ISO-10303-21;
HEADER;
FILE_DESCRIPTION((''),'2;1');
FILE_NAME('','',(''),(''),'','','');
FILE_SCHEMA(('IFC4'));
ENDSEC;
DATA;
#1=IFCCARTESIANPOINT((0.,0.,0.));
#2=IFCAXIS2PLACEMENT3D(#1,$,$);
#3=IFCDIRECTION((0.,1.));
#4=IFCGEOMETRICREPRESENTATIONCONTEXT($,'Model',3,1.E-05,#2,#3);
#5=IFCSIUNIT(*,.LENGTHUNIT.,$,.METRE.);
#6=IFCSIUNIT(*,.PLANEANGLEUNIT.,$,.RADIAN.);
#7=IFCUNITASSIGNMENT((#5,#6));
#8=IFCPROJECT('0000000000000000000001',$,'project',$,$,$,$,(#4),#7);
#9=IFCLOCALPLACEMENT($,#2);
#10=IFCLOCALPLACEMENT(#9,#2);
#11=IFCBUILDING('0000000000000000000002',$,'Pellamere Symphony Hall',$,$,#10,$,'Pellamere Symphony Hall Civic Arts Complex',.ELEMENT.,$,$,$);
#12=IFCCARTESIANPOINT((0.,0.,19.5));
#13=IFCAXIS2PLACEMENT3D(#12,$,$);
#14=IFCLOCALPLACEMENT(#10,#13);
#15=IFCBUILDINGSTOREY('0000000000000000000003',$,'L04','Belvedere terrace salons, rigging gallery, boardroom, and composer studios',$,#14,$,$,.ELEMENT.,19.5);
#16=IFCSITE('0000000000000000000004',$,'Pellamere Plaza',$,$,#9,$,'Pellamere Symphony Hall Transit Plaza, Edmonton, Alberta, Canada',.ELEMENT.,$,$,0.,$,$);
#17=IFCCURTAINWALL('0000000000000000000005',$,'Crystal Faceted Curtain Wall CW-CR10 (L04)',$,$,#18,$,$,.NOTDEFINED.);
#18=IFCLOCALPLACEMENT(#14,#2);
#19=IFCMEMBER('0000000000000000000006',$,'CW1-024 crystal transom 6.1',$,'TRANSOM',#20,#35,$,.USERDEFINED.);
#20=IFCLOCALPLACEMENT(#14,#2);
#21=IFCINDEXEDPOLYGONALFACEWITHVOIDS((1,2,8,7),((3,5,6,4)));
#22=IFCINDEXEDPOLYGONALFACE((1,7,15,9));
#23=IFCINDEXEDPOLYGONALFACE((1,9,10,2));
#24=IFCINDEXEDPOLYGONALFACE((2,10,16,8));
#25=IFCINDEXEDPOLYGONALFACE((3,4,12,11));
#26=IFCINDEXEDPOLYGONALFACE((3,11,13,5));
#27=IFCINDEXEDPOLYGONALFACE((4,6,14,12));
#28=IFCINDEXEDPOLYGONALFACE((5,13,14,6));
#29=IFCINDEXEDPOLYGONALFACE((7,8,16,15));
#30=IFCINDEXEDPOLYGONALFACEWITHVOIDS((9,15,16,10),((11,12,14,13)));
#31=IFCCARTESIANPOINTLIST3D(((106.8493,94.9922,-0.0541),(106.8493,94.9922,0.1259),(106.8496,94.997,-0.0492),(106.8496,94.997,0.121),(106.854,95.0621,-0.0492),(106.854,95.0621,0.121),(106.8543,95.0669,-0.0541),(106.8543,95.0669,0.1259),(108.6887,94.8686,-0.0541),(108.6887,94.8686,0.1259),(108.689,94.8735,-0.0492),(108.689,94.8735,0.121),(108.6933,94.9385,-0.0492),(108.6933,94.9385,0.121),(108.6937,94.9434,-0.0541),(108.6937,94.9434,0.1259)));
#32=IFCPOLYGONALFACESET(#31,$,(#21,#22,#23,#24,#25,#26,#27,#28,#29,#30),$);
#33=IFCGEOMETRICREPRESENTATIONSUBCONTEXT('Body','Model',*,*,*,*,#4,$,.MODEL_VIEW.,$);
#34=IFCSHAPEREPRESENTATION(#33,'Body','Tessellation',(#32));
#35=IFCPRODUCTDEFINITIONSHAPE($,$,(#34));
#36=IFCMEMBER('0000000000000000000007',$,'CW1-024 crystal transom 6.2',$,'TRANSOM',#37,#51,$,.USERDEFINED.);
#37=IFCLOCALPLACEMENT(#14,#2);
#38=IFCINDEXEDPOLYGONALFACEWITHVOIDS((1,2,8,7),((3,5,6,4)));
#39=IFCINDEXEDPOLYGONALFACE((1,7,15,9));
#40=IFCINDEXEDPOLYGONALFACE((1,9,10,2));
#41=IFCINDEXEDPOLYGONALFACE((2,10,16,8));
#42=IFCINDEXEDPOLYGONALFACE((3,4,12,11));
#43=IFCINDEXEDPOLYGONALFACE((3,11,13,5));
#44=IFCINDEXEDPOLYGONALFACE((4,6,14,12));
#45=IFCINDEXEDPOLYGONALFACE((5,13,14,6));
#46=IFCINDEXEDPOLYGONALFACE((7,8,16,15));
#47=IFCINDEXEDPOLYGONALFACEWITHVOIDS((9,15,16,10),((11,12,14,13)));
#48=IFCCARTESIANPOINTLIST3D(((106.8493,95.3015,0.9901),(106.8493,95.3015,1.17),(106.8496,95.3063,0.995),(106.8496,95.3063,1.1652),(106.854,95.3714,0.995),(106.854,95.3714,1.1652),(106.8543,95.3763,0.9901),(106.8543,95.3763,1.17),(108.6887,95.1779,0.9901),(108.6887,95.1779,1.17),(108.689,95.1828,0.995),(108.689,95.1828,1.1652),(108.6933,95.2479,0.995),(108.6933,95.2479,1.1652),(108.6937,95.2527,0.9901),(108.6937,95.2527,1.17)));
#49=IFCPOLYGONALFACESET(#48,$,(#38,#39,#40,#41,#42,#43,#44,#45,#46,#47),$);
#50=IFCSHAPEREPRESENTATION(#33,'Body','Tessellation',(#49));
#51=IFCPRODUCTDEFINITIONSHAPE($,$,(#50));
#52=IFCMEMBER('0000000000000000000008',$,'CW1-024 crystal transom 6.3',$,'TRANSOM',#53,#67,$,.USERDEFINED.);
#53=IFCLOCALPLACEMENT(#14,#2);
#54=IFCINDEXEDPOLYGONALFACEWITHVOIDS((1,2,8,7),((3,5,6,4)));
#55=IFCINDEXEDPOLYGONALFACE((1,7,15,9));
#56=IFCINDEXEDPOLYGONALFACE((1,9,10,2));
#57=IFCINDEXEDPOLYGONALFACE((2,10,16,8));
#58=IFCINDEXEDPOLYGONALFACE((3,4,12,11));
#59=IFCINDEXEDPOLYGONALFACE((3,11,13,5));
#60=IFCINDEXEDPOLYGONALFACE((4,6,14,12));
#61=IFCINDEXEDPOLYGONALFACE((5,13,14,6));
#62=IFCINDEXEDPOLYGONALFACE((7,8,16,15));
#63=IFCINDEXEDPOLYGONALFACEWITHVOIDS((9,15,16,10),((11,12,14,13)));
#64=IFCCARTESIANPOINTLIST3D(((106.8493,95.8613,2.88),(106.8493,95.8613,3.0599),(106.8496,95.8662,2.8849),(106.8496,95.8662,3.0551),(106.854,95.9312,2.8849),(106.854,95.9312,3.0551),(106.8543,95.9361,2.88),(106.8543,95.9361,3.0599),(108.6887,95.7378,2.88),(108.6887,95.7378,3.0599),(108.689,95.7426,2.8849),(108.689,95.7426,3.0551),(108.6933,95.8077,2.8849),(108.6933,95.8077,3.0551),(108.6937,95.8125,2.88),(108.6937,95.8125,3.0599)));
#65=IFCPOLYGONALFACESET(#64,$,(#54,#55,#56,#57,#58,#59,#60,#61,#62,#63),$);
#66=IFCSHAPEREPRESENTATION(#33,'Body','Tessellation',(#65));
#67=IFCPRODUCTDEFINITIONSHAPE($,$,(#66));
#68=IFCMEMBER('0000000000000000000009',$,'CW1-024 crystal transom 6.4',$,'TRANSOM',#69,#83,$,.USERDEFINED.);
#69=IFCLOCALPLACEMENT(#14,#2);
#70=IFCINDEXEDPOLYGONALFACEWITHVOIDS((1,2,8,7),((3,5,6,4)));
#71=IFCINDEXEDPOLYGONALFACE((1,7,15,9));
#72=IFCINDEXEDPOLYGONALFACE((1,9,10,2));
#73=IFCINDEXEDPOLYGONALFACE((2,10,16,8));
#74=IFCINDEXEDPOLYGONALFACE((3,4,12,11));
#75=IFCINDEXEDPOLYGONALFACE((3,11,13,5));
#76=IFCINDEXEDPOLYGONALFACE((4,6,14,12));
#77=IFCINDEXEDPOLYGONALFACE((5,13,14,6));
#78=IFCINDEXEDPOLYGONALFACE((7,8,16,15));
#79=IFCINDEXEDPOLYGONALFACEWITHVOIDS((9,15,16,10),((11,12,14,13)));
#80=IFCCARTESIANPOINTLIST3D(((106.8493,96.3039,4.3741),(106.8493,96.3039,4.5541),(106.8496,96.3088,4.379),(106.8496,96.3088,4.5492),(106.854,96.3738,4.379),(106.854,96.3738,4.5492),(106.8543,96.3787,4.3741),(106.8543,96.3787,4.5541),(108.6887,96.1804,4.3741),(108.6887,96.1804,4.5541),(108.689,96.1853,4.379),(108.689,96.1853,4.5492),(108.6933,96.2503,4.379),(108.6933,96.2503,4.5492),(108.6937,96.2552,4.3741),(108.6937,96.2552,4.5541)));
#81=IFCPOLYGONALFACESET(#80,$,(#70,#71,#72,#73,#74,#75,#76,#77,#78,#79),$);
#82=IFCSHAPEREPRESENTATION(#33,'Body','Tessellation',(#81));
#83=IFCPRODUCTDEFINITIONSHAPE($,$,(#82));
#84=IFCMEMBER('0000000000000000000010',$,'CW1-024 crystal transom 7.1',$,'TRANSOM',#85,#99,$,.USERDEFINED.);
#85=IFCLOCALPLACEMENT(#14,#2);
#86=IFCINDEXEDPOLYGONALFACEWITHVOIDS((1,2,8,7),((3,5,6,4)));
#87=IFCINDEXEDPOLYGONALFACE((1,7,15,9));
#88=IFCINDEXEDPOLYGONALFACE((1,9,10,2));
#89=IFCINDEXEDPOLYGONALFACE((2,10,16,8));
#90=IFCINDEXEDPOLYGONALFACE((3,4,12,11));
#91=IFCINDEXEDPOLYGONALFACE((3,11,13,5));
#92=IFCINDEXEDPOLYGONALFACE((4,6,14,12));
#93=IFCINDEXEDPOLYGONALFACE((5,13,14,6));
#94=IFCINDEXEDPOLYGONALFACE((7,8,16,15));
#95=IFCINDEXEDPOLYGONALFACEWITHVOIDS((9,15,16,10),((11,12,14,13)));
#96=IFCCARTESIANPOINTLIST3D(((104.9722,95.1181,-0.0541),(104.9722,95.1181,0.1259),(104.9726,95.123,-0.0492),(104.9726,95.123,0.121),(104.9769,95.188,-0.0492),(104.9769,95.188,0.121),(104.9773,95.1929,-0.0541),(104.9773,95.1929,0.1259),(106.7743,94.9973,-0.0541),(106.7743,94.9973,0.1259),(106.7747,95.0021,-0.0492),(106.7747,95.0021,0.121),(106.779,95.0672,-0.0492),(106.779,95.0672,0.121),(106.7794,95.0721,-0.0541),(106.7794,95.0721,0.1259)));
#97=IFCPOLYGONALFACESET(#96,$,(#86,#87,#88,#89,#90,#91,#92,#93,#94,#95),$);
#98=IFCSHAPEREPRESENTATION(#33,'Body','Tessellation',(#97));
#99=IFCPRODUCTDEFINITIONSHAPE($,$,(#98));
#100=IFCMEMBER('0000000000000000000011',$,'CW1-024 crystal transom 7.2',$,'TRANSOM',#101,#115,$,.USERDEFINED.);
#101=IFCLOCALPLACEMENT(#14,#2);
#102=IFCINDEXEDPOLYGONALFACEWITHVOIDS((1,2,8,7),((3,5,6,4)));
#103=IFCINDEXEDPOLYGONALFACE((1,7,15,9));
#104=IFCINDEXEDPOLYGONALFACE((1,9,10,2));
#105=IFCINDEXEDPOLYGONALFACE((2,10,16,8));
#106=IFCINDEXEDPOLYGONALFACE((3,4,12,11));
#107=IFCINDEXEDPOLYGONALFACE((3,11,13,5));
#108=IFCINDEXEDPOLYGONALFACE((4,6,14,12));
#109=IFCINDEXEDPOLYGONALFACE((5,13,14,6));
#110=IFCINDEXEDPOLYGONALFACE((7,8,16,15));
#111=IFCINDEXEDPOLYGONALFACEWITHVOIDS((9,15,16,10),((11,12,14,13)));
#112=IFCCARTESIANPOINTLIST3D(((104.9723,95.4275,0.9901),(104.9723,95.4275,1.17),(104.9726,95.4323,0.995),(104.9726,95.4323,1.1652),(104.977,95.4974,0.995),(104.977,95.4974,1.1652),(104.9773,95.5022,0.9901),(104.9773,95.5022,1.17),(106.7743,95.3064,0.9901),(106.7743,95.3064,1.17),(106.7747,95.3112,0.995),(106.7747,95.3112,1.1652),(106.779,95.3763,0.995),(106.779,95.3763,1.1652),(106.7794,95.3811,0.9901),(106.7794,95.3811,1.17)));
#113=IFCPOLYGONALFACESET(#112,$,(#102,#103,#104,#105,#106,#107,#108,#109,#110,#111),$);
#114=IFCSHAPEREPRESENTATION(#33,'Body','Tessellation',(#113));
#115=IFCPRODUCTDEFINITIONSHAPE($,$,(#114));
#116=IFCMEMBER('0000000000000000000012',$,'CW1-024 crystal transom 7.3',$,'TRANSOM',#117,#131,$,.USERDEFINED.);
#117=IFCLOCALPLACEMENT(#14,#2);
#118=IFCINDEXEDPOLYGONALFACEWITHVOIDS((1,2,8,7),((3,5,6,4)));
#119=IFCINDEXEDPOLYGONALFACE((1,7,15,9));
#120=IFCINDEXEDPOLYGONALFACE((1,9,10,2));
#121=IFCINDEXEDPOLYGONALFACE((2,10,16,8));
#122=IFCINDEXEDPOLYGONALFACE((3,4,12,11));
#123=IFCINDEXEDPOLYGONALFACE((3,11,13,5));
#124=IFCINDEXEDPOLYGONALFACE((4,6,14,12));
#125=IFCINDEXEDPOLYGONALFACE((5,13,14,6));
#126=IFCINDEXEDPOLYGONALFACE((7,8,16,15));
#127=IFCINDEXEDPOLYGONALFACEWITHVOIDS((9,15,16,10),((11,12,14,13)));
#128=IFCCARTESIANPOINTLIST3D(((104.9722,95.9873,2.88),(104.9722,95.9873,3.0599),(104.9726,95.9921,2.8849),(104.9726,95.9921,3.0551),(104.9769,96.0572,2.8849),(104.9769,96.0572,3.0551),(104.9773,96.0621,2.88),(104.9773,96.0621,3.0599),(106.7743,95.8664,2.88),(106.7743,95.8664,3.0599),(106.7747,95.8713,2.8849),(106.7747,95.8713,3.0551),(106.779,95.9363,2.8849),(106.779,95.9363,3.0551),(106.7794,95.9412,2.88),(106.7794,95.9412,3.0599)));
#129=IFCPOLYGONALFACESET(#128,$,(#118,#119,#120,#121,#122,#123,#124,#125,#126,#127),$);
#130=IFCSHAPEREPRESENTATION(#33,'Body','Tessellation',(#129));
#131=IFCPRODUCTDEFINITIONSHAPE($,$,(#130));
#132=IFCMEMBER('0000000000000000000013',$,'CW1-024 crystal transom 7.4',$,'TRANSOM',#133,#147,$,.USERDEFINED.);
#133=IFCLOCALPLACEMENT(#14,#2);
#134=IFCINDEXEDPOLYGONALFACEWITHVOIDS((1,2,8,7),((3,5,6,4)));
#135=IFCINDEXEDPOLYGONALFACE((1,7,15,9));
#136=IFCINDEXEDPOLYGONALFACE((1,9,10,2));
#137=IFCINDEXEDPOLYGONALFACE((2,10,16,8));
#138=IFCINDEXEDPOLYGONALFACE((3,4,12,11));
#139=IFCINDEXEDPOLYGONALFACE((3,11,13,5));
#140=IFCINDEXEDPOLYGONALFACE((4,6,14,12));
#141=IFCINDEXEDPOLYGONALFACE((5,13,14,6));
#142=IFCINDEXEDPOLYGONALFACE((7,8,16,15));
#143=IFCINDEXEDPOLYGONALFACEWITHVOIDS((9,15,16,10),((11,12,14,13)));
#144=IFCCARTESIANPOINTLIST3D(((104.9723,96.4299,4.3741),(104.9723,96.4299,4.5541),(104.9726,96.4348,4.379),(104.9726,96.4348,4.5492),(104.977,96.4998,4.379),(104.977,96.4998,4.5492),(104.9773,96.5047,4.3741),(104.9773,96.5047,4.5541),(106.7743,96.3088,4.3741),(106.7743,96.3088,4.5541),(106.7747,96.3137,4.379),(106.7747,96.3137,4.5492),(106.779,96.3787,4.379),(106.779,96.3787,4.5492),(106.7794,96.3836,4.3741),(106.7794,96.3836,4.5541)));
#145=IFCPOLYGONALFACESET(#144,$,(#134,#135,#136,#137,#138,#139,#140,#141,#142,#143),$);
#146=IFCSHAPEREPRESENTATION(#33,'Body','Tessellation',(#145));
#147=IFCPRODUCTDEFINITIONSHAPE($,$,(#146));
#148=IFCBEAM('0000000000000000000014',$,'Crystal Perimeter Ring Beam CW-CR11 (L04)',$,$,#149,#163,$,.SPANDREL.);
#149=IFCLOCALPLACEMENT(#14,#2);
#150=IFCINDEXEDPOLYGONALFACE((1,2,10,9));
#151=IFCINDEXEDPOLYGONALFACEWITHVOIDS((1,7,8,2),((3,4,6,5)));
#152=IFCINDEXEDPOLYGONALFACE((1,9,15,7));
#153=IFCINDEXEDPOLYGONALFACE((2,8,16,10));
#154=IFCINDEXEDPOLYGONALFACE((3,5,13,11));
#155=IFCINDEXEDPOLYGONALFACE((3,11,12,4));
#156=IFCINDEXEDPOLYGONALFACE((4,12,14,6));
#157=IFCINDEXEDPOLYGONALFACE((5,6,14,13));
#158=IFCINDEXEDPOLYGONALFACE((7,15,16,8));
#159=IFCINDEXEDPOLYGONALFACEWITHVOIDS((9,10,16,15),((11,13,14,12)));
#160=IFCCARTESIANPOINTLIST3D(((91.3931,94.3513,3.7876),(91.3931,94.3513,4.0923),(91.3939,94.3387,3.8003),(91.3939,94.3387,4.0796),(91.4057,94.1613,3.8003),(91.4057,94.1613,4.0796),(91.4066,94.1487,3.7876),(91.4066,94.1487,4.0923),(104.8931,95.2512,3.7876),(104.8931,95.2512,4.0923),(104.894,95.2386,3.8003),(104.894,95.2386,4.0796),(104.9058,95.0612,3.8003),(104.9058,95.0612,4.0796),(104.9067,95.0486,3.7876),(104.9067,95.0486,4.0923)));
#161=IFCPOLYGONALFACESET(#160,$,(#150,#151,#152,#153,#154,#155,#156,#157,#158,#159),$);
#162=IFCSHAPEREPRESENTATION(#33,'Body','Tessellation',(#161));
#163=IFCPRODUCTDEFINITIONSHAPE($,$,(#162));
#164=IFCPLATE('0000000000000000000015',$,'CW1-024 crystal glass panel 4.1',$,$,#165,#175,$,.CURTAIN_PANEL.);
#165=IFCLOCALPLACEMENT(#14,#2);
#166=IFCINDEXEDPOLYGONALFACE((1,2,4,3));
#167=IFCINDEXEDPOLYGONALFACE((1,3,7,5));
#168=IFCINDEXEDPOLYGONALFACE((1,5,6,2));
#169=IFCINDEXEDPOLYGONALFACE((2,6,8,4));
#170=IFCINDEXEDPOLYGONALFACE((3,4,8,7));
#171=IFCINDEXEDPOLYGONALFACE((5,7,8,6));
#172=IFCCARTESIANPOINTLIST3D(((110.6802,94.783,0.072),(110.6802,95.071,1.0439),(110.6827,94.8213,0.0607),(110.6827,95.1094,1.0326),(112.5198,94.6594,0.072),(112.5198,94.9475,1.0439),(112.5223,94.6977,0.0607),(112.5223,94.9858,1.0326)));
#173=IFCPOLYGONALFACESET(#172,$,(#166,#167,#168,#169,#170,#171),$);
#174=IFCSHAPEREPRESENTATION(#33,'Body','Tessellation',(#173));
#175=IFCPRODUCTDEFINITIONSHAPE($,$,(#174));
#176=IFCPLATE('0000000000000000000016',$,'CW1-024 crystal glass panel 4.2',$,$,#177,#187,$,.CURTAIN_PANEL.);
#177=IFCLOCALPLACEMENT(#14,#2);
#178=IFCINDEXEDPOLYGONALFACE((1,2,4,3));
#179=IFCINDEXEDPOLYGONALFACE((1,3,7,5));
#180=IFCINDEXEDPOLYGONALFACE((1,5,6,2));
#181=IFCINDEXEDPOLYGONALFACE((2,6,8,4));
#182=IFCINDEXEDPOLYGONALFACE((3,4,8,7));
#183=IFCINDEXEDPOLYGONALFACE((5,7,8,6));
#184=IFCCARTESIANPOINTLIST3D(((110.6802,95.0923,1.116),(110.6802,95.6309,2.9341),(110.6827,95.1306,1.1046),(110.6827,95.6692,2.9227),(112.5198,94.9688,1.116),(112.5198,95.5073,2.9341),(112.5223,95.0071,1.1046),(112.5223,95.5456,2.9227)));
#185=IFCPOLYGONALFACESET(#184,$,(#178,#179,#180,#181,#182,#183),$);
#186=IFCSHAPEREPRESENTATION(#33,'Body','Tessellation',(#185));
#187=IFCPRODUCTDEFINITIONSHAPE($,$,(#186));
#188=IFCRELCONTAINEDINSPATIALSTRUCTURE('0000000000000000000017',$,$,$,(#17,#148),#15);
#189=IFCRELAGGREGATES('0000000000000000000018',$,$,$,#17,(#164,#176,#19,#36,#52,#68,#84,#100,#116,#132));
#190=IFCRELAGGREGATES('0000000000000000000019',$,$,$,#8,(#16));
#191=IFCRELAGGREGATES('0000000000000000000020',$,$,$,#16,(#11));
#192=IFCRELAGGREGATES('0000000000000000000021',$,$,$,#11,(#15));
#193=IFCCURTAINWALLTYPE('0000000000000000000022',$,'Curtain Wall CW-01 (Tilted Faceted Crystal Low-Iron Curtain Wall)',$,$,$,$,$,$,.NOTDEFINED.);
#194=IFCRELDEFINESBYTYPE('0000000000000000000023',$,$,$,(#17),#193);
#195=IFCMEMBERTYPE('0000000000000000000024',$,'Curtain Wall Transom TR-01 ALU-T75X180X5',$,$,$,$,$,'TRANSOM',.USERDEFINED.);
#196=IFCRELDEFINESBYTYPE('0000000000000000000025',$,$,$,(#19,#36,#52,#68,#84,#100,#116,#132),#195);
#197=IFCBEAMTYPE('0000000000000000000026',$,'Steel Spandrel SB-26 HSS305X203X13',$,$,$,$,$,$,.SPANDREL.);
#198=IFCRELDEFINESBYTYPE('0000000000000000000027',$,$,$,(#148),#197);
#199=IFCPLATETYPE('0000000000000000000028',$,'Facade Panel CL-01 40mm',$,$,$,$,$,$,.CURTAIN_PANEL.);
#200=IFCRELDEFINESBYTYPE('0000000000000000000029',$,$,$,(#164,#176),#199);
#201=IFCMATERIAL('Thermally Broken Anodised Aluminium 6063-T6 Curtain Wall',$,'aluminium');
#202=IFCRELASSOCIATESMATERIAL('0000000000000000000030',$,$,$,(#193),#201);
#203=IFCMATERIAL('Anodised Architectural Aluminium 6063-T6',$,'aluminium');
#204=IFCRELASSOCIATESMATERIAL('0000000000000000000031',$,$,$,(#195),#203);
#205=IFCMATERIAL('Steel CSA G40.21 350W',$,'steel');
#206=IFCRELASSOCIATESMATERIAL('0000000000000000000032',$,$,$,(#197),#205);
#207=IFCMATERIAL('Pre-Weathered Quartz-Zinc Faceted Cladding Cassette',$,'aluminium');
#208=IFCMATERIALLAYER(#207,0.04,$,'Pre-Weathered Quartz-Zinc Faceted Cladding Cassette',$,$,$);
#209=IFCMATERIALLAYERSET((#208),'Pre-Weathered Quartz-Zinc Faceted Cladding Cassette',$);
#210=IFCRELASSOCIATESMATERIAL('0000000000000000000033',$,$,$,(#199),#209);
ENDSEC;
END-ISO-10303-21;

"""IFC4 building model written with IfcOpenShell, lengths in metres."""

from ifc_helpers import new_model, si_unit, direction, frame, origin, origin_2d, place, context, subcontext, project, spatial, polyline, hollow_rectangle, outline, extrude, material, layer, layer_set, material_profile, profile_set, type_object, element, aggregate, save


model = new_model("IFC4")

# Units and contexts
model_context = context("Model", 3, precision=1e-05, world=origin(), true_north=direction((0.0, 1.0)))
body_context = subcontext(model_context, "Body", "Model", "MODEL_VIEW")
ifc_project = project(units=[si_unit("LENGTHUNIT", "METRE"), si_unit("PLANEANGLEUNIT", "RADIAN")], contexts=[model_context])

# Site, building, storey
site_placement = place(None, origin())
site = spatial("IfcSite", under=ifc_project, at=site_placement, Name="Pellamere Plaza", LongName="Pellamere Symphony Hall Transit Plaza, Edmonton, Alberta, Canada", CompositionType="ELEMENT", RefElevation=0.0)
building_placement = place(site_placement, origin())
building = spatial("IfcBuilding", under=site, at=building_placement, Name="Pellamere Symphony Hall", LongName="Pellamere Symphony Hall Civic Arts Complex", CompositionType="ELEMENT")
storey_placement = place(building_placement, frame((0.0, 0.0, 19.5)))
storey = spatial("IfcBuildingStorey", under=building, at=storey_placement, Name="L04", Description="Belvedere terrace salons, rigging gallery, boardroom, and composer studios", CompositionType="ELEMENT", Elevation=19.5)

# Curtain wall, members
ifc_material_1 = material(Name="Thermally Broken Anodised Aluminium 6063-T6 Curtain Wall", Category="aluminium")
curtain_wall_type = type_object("IfcCurtainWallType", Name="Curtain Wall CW-01 (Tilted Faceted Crystal Low-Iron Curtain Wall)", PredefinedType="NOTDEFINED", material=ifc_material_1)
curtain_wall_placement = place(storey_placement, origin())
curtain_wall = element("IfcCurtainWall", 1, at=curtain_wall_placement, inside=storey, type_object=curtain_wall_type, Name="Crystal Faceted Curtain Wall CW-CR10 (L04)", PredefinedType="NOTDEFINED")
ifc_material_2 = material(Name="Anodised Architectural Aluminium 6063-T6", Category="aluminium")
ifc_material_profile_1 = material_profile(ifc_material_2, hollow_rectangle(XDim=0.075, YDim=0.1799, WallThickness=0.0049, at=origin_2d()), Name="ALU-T75X180X5")
ifc_profile_set_1 = profile_set([ifc_material_profile_1], Name="Anodised Architectural Aluminium 6063-T6")
member_type_1 = type_object("IfcMemberType", Name="Curtain Wall Transom TR-01 ALU-T75X180X5", ElementType="TRANSOM", PredefinedType="USERDEFINED", material=ifc_profile_set_1)
member_1_placement = place(storey_placement, frame((108.6912, 94.906, 0.0359), z_axis=(-0.997752, 0.067011, 0.0), x_axis=(-0.067011, -0.997752, 0.0)))
member_1 = element("IfcMember", 2, at=member_1_placement, type_object=member_type_1, Name="CW1-024 crystal transom 6.1", ObjectType="TRANSOM", PredefinedType="USERDEFINED", context=body_context, shape_type="SweptSolid", body=[
    extrude(hollow_rectangle(XDim=0.075, YDim=0.1799, WallThickness=0.0049, at=origin_2d()), origin(), (0.0, 0.0, 1.0), 1.8435),
])
member_2_placement = place(storey_placement, frame((108.6912, 95.2153, 1.0801), z_axis=(-0.997752, 0.067011, 0.0), x_axis=(-0.067011, -0.997752, 0.0)))
member_2 = element("IfcMember", 3, at=member_2_placement, type_object=member_type_1, Name="CW1-024 crystal transom 6.2", ObjectType="TRANSOM", PredefinedType="USERDEFINED", context=body_context, shape_type="SweptSolid", body=[
    extrude(hollow_rectangle(XDim=0.075, YDim=0.1799, WallThickness=0.0049, at=origin_2d()), origin(), (0.0, 0.0, 1.0), 1.8435),
])
member_3_placement = place(storey_placement, frame((108.6912, 95.7751, 2.97), z_axis=(-0.997752, 0.067011, 0.0), x_axis=(-0.067011, -0.997752, 0.0)))
member_3 = element("IfcMember", 4, at=member_3_placement, type_object=member_type_1, Name="CW1-024 crystal transom 6.3", ObjectType="TRANSOM", PredefinedType="USERDEFINED", context=body_context, shape_type="SweptSolid", body=[
    extrude(hollow_rectangle(XDim=0.075, YDim=0.1799, WallThickness=0.0049, at=origin_2d()), origin(), (0.0, 0.0, 1.0), 1.8435),
])
member_4_placement = place(storey_placement, frame((108.6912, 96.2178, 4.4641), z_axis=(-0.997752, 0.067011, 0.0), x_axis=(-0.067011, -0.997752, 0.0)))
member_4 = element("IfcMember", 5, at=member_4_placement, type_object=member_type_1, Name="CW1-024 crystal transom 6.4", ObjectType="TRANSOM", PredefinedType="USERDEFINED", context=body_context, shape_type="SweptSolid", body=[
    extrude(hollow_rectangle(XDim=0.075, YDim=0.1799, WallThickness=0.0049, at=origin_2d()), origin(), (0.0, 0.0, 1.0), 1.8435),
])
member_5_placement = place(storey_placement, frame((106.7769, 95.0347, 0.0359), z_axis=(-0.997759, 0.066914, 0.0), x_axis=(-0.066914, -0.997759, 0.0)))
member_5 = element("IfcMember", 6, at=member_5_placement, type_object=member_type_1, Name="CW1-024 crystal transom 7.1", ObjectType="TRANSOM", PredefinedType="USERDEFINED", context=body_context, shape_type="SweptSolid", body=[
    extrude(hollow_rectangle(XDim=0.075, YDim=0.1799, WallThickness=0.0049, at=origin_2d()), origin(), (0.0, 0.0, 1.0), 1.8062),
])
member_6_placement = place(storey_placement, frame((106.7769, 95.3438, 1.0801), z_axis=(-0.99775, 0.067048, 0.0), x_axis=(-0.067048, -0.99775, 0.0)))
member_6 = element("IfcMember", 7, at=member_6_placement, type_object=member_type_1, Name="CW1-024 crystal transom 7.2", ObjectType="TRANSOM", PredefinedType="USERDEFINED", context=body_context, shape_type="SweptSolid", body=[
    extrude(hollow_rectangle(XDim=0.075, YDim=0.1799, WallThickness=0.0049, at=origin_2d()), origin(), (0.0, 0.0, 1.0), 1.8062),
])
member_7_placement = place(storey_placement, frame((106.7769, 95.9038, 2.97), z_axis=(-0.997759, 0.066914, 0.0), x_axis=(-0.066914, -0.997759, 0.0)))
member_7 = element("IfcMember", 8, at=member_7_placement, type_object=member_type_1, Name="CW1-024 crystal transom 7.3", ObjectType="TRANSOM", PredefinedType="USERDEFINED", context=body_context, shape_type="SweptSolid", body=[
    extrude(hollow_rectangle(XDim=0.075, YDim=0.1799, WallThickness=0.0049, at=origin_2d()), origin(), (0.0, 0.0, 1.0), 1.8062),
])
member_8_placement = place(storey_placement, frame((106.7769, 96.3462, 4.4641), z_axis=(-0.99775, 0.067048, 0.0), x_axis=(-0.067048, -0.99775, 0.0)))
member_8 = element("IfcMember", 9, at=member_8_placement, type_object=member_type_1, Name="CW1-024 crystal transom 7.4", ObjectType="TRANSOM", PredefinedType="USERDEFINED", context=body_context, shape_type="SweptSolid", body=[
    extrude(hollow_rectangle(XDim=0.075, YDim=0.1799, WallThickness=0.0049, at=origin_2d()), origin(), (0.0, 0.0, 1.0), 1.8062),
])

# Beam
ifc_material_3 = material(Name="Steel CSA G40.21 350W", Category="steel")
ifc_material_profile_2 = material_profile(ifc_material_3, hollow_rectangle(XDim=0.2031, YDim=0.3047, WallThickness=0.0127, at=origin_2d()), Name="HSS305X203X13")
ifc_profile_set_2 = profile_set([ifc_material_profile_2], Name="Steel CSA G40.21 350W")
beam_type = type_object("IfcBeamType", Name="Steel Spandrel SB-26 HSS305X203X13", PredefinedType="SPANDREL", material=ifc_profile_set_2)
beam_placement = place(storey_placement, frame((104.8999, 95.1499, 3.9399), z_axis=(-0.997786, -0.066512, 0.0), x_axis=(0.066512, -0.997786, 0.0)))
element("IfcBeam", 10, at=beam_placement, inside=storey, type_object=beam_type, Name="Crystal Perimeter Ring Beam CW-CR11 (L04)", PredefinedType="SPANDREL", context=body_context, shape_type="SweptSolid", body=[
    extrude(hollow_rectangle(XDim=0.2031, YDim=0.3047, WallThickness=0.0127, at=origin_2d()), origin(), (0.0, 0.0, 1.0), 13.53),
])

# Plates
ifc_material_4 = material(Name="Pre-Weathered Quartz-Zinc Faceted Cladding Cassette", Category="aluminium")
ifc_layer_1 = layer(ifc_material_4, 0.04, Name="Pre-Weathered Quartz-Zinc Faceted Cladding Cassette")
ifc_layer_set_1 = layer_set([ifc_layer_1], Name="Pre-Weathered Quartz-Zinc Faceted Cladding Cassette")
plate_type_1 = type_object("IfcPlateType", Name="Facade Panel CL-01 40mm", PredefinedType="CURTAIN_PANEL", material=ifc_layer_set_1)
plate_1_placement = place(storey_placement, frame((112.5198, 94.6594, 0.072), z_axis=(-0.064251, -0.956788, 0.2836), x_axis=(-0.997753, 0.067002, 0.0)))
plate_1 = element("IfcPlate", 11, at=plate_1_placement, type_object=plate_type_1, Name="CW1-024 crystal glass panel 4.1", PredefinedType="CURTAIN_PANEL", context=body_context, shape_type="SweptSolid", body=[
    extrude(outline(polyline([(0.0, 0.0), (1.8437, 0.0), (1.863, -1.0135), (0.0193, -1.0135), (0.0, 0.0)])), origin(), (0.0, 0.0, -1.0), 0.04),
])
plate_2_placement = place(storey_placement, frame((112.5198, 94.9688, 1.116), z_axis=(-0.064255, -0.956835, 0.28344), x_axis=(-0.997753, 0.067002, 0.0)))
plate_2 = element("IfcPlate", 12, at=plate_2_placement, type_object=plate_type_1, Name="CW1-024 crystal glass panel 4.2", PredefinedType="CURTAIN_PANEL", context=body_context, shape_type="SweptSolid", body=[
    extrude(outline(polyline([(0.0, 0.0), (1.8437, 0.0), (1.8798, -1.8959), (0.0361, -1.8959), (0.0, 0.0)])), origin(), (0.0, 0.0, -1.0), 0.04),
])
aggregate(curtain_wall, [plate_1, plate_2, member_1, member_2, member_3, member_4, member_5, member_6, member_7, member_8])

save(model, "model.ifc")
